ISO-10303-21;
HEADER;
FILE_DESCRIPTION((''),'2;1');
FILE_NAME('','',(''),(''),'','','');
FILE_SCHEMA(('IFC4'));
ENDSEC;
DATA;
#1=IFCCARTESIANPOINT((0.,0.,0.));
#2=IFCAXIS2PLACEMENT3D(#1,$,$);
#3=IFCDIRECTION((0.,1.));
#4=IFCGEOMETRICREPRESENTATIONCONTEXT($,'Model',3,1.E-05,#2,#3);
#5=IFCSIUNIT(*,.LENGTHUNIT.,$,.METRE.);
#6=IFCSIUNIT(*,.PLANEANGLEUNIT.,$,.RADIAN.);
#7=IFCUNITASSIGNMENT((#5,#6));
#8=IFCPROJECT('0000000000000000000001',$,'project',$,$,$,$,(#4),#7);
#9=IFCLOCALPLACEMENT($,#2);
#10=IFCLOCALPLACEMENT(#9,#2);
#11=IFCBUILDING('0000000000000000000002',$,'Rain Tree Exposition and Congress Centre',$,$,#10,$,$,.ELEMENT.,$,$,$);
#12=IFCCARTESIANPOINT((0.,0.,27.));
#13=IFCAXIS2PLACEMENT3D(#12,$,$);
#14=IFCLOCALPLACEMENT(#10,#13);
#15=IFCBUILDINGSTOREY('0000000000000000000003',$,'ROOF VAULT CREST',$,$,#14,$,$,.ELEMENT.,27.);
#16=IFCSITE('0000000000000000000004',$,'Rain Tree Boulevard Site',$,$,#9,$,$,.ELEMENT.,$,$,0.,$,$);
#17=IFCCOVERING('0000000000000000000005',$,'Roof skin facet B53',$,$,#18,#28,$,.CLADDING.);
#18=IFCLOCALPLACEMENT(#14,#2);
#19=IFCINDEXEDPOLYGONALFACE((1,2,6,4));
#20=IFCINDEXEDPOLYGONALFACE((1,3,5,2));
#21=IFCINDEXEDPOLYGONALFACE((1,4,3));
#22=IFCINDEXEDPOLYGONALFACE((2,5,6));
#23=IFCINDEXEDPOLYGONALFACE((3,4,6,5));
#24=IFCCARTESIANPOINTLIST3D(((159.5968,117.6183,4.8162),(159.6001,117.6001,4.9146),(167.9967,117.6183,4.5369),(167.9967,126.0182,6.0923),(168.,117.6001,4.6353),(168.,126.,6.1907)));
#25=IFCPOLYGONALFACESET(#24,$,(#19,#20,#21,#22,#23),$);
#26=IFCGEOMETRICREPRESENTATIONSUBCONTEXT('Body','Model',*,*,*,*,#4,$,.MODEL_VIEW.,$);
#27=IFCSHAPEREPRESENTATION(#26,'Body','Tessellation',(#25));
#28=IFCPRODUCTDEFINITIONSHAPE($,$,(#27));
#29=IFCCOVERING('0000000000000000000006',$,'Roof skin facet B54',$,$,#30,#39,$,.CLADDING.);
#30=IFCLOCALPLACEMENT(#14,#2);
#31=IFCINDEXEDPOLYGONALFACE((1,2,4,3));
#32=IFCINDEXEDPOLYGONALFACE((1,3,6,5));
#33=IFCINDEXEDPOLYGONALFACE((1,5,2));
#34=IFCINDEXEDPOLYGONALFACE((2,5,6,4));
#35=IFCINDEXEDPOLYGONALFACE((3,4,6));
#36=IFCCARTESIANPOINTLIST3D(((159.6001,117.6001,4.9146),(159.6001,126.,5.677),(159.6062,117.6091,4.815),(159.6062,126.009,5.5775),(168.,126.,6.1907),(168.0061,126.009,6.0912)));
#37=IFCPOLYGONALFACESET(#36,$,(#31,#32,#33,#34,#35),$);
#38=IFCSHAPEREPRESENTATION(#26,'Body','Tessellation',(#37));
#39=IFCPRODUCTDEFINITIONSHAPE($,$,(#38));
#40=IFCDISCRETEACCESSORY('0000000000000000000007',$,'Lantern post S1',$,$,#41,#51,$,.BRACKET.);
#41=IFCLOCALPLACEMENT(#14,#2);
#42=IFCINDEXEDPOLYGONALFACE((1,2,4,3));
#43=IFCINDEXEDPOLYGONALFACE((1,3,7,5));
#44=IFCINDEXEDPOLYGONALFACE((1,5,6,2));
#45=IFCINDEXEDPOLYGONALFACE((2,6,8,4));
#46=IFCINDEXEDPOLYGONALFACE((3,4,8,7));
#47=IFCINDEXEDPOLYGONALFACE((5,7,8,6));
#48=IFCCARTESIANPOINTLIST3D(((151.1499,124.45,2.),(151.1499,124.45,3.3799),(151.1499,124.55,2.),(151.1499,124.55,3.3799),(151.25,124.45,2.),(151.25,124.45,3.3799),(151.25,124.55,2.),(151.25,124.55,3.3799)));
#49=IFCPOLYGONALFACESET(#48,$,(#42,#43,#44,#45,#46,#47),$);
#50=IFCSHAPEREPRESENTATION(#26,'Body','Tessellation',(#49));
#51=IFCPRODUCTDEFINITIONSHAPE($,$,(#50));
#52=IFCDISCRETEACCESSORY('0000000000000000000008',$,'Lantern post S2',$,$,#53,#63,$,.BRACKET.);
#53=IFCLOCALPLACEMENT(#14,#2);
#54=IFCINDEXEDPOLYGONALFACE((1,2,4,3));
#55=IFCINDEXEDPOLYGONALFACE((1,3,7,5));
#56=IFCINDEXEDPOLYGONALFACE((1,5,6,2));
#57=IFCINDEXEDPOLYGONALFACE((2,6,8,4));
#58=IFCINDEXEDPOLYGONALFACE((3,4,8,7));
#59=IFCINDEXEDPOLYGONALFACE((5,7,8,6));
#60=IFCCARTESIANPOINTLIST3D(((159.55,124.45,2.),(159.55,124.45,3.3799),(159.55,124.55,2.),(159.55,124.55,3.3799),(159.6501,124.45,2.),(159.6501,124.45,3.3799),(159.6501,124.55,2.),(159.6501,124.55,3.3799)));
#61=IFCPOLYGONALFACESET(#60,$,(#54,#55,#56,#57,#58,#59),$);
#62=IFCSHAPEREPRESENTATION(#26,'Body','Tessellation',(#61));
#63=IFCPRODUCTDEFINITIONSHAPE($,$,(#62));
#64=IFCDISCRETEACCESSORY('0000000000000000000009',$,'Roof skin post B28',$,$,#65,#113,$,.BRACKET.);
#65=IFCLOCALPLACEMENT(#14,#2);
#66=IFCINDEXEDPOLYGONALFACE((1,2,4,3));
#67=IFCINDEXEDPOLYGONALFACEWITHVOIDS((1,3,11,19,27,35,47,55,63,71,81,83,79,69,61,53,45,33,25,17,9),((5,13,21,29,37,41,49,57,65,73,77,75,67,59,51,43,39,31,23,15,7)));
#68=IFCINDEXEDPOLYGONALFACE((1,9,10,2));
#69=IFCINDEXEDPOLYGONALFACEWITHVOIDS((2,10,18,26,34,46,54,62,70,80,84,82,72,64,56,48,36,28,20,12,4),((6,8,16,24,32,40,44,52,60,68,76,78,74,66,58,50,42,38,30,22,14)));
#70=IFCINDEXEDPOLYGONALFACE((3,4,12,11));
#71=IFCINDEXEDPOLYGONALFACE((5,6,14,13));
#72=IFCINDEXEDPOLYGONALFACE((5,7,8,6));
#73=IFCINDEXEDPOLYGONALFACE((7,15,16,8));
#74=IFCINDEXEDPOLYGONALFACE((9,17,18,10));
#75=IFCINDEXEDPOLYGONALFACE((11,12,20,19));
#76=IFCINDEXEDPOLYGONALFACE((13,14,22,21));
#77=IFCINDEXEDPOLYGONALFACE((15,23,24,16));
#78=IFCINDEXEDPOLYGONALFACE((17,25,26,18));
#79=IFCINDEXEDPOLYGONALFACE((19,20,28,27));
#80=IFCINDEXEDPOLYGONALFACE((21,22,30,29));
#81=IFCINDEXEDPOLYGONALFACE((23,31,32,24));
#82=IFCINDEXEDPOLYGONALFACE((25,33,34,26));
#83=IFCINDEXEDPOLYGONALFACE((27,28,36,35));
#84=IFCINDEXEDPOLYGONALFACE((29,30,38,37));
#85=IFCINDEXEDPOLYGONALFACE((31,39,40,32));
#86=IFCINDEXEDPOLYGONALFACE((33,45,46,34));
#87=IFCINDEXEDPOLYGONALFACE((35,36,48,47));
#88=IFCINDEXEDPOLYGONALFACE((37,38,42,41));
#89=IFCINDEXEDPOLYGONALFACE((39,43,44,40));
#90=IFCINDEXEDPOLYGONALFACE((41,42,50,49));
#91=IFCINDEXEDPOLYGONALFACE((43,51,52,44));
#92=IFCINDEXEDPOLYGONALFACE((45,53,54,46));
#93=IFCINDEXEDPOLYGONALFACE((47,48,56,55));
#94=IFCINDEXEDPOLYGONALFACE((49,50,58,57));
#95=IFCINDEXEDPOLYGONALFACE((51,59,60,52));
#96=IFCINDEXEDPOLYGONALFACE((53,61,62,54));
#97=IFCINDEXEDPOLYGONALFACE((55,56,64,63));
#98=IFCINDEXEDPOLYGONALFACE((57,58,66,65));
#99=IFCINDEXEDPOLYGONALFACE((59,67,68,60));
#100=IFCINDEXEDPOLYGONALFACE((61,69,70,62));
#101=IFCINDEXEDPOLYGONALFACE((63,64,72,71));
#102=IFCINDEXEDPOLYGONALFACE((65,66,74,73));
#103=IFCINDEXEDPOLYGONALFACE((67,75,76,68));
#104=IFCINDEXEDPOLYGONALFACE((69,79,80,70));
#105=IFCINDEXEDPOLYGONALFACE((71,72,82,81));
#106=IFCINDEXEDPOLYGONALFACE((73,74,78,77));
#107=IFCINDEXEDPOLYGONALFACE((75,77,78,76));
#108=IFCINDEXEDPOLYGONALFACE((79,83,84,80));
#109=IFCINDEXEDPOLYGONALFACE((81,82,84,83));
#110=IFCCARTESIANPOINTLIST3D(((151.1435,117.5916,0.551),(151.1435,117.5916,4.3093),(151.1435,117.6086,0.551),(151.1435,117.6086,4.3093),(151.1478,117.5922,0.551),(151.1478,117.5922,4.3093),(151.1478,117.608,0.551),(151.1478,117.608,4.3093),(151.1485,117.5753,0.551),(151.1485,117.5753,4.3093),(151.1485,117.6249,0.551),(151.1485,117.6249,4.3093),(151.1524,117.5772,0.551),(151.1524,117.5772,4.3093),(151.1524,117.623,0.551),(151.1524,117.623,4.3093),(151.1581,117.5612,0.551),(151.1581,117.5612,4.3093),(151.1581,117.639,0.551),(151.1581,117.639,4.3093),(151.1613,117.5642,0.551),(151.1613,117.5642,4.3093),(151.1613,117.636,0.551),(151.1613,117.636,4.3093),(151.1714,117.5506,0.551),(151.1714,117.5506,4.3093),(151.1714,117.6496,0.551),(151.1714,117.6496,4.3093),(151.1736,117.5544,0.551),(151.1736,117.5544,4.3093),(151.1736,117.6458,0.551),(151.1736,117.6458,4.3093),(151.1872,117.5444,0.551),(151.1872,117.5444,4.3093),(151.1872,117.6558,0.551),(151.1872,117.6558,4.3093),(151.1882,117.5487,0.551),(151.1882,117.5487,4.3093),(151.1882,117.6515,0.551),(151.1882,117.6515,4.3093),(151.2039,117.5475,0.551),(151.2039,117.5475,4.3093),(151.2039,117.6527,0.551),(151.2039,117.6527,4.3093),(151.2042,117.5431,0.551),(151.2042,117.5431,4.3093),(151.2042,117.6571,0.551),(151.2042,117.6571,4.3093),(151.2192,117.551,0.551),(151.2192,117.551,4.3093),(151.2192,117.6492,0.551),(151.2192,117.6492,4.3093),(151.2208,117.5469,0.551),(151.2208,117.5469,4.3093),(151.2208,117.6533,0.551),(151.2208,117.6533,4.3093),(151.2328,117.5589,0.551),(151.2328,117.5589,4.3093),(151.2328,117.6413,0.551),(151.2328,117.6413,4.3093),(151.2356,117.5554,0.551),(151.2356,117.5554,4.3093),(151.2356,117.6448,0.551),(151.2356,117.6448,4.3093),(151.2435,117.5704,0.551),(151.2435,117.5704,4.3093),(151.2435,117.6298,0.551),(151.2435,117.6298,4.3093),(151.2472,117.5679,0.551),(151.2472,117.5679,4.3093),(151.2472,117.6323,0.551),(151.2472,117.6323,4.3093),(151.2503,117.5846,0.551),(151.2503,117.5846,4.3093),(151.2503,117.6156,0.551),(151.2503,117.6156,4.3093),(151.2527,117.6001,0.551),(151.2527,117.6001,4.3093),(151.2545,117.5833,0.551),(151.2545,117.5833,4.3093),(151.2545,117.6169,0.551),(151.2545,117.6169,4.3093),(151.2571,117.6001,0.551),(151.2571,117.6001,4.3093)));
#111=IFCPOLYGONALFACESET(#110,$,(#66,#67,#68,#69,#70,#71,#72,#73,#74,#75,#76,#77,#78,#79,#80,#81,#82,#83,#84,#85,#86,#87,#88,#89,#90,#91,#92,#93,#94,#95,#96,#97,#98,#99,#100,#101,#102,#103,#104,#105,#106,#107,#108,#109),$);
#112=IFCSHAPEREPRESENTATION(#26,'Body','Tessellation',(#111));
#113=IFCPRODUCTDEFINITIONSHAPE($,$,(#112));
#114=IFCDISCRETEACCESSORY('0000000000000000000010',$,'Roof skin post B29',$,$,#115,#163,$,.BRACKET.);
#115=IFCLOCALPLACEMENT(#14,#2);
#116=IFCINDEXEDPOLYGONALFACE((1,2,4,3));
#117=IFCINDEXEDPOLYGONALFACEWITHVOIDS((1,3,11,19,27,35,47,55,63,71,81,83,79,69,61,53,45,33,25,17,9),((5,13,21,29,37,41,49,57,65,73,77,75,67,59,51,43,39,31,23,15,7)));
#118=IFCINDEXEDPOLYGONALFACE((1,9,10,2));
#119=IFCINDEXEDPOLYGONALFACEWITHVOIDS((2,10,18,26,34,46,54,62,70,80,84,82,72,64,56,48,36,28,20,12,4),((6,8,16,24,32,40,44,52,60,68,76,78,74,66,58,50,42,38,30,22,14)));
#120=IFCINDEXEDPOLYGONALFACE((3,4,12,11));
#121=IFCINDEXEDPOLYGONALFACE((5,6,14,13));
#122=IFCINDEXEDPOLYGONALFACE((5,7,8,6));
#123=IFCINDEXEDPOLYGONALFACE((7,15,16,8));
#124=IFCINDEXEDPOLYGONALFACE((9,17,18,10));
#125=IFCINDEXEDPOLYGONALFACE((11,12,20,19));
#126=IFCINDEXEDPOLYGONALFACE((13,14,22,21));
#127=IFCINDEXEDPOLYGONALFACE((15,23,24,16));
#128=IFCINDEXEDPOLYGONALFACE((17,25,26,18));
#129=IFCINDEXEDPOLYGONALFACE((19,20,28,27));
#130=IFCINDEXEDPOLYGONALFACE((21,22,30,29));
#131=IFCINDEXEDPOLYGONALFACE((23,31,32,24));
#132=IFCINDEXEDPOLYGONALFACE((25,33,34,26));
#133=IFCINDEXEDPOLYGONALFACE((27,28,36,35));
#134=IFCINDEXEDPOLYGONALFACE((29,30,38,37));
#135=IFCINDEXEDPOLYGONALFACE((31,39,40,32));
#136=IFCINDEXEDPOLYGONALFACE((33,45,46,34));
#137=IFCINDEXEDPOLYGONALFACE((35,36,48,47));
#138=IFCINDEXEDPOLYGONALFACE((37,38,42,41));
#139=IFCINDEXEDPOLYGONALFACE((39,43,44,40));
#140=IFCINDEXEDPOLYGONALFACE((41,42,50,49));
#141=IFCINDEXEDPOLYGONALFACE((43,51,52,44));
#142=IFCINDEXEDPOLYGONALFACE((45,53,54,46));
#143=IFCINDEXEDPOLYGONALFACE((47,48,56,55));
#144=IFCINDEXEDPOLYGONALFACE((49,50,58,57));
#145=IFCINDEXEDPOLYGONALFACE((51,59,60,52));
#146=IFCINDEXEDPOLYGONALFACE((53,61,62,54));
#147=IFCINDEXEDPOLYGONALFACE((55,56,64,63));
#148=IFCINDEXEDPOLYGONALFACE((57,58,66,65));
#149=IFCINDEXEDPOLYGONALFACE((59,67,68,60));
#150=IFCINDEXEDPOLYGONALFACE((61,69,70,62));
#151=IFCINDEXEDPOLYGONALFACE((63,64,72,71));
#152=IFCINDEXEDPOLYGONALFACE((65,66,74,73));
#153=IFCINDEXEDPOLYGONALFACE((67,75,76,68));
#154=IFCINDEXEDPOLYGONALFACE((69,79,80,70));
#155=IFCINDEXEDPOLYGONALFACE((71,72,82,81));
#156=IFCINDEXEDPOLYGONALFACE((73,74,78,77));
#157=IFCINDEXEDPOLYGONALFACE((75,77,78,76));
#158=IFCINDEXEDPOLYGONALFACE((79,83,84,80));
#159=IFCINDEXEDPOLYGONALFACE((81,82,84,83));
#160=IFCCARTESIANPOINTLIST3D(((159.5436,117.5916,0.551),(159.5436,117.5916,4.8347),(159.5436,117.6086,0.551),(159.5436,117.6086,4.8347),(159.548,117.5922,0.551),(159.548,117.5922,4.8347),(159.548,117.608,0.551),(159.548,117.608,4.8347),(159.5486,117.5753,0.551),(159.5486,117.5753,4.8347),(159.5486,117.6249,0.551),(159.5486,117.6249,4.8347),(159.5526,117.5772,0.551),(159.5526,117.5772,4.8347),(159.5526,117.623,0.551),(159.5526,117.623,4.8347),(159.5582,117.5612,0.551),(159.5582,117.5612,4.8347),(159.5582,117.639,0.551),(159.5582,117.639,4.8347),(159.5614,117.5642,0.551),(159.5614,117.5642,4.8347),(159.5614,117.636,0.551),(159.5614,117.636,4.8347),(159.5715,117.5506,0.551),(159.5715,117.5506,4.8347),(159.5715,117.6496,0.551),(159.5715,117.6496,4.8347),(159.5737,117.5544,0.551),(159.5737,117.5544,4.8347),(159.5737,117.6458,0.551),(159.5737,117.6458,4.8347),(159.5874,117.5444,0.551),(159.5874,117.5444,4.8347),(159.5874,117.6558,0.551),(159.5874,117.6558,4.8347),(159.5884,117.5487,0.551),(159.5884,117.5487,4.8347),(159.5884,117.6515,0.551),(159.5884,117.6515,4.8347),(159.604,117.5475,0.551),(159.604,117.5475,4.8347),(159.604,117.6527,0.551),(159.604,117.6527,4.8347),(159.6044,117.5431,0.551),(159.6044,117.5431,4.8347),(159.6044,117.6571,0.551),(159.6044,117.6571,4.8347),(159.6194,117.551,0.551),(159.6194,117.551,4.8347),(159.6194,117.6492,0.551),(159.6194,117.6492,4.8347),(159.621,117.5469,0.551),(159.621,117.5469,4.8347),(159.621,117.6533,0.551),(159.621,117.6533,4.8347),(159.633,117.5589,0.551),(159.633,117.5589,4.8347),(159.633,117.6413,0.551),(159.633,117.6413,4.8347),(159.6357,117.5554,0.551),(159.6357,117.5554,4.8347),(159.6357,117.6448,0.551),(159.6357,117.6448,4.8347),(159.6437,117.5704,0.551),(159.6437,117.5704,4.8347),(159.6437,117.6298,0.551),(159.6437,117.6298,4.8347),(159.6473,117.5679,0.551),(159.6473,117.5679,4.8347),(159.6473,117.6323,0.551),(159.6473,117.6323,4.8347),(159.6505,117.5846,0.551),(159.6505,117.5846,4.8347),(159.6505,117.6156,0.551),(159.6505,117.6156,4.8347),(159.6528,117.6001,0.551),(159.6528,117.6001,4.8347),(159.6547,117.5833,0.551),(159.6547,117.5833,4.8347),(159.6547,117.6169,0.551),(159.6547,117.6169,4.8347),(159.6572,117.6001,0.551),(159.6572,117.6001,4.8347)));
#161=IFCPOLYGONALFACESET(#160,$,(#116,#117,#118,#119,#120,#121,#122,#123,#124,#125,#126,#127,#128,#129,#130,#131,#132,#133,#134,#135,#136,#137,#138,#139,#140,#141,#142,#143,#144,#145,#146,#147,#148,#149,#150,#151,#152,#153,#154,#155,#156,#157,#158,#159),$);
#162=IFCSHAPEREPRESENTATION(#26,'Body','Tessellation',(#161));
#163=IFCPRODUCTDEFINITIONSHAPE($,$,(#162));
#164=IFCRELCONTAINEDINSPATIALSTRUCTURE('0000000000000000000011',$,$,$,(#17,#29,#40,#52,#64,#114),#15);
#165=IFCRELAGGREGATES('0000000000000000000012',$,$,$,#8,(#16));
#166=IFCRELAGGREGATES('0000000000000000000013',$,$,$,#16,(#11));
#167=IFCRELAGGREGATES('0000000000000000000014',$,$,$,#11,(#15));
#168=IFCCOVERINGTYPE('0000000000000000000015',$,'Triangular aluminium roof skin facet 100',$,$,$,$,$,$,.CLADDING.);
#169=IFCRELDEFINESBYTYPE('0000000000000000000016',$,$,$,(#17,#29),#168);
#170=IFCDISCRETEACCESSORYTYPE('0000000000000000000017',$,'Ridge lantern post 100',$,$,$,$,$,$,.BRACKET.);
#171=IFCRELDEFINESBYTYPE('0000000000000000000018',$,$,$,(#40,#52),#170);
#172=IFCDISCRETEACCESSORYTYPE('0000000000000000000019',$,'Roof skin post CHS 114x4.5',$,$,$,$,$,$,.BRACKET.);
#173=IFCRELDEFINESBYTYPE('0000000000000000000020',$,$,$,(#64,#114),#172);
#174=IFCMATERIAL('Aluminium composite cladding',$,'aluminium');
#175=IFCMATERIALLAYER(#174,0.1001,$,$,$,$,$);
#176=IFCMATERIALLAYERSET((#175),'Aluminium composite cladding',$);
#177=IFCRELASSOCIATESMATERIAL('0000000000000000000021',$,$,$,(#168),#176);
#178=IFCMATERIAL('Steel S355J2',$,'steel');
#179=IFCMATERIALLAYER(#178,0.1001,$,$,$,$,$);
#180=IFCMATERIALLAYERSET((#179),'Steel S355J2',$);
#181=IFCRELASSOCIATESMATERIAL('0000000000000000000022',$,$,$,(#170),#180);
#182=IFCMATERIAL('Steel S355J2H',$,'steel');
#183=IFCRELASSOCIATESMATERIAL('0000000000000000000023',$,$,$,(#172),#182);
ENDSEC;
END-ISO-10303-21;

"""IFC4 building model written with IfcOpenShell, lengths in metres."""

from ifc_helpers import new_model, si_unit, direction, frame, origin, origin_2d, place, context, subcontext, project, spatial, polyline, rectangle, hollow_circle, outline, extrude, material, layer, layer_set, material_profile, profile_set, type_object, element, save


model = new_model("IFC4")

# Units and contexts
model_context = context("Model", 3, precision=1e-05, world=origin(), true_north=direction((0.0, 1.0)))
body_context = subcontext(model_context, "Body", "Model", "MODEL_VIEW")
ifc_project = project(units=[si_unit("LENGTHUNIT", "METRE"), si_unit("PLANEANGLEUNIT", "RADIAN")], contexts=[model_context])

# Site, building, storey
site_placement = place(None, origin())
site = spatial("IfcSite", under=ifc_project, at=site_placement, Name="Rain Tree Boulevard Site", CompositionType="ELEMENT", RefElevation=0.0)
building_placement = place(site_placement, origin())
building = spatial("IfcBuilding", under=site, at=building_placement, Name="Rain Tree Exposition and Congress Centre", CompositionType="ELEMENT")
storey_placement = place(building_placement, frame((0.0, 0.0, 27.0)))
storey = spatial("IfcBuildingStorey", under=building, at=storey_placement, Name="ROOF VAULT CREST", CompositionType="ELEMENT", Elevation=27.0)

# Coverings
ifc_material_1 = material(Name="Aluminium composite cladding", Category="aluminium")
ifc_layer_1 = layer(ifc_material_1, 0.1001)
ifc_layer_set_1 = layer_set([ifc_layer_1], Name="Aluminium composite cladding")
covering_type_1 = type_object("IfcCoveringType", Name="Triangular aluminium roof skin facet 100", PredefinedType="CLADDING", material=ifc_layer_set_1)
covering_1_placement = place(storey_placement, frame((159.6001, 117.6001, 4.9146), z_axis=(0.032677, -0.181979, 0.982759), x_axis=(0.999448, 0.0, -0.033232)))
element("IfcCovering", 1, at=covering_1_placement, inside=storey, type_object=covering_type_1, Name="Roof skin facet B53", PredefinedType="CLADDING", context=body_context, shape_type="SweptSolid", body=[
    extrude(outline(polyline([(0.0, 0.0), (8.4045, 0.0), (8.3529, 8.5425), (0.0, 0.0)])), origin(), (0.0, 0.0, -1.0), 0.1001),
])
covering_2_placement = place(storey_placement, frame((159.6001, 117.6001, 4.9146), z_axis=(-0.060789, -0.09023, 0.994064), x_axis=(0.703062, 0.703062, 0.10681)))
element("IfcCovering", 2, at=covering_2_placement, inside=storey, type_object=covering_type_1, Name="Roof skin facet B54", PredefinedType="CLADDING", context=body_context, shape_type="SweptSolid", body=[
    extrude(outline(polyline([(0.0, 0.0), (11.9476, 0.0), (5.9871, 5.9409), (0.0, 0.0)])), origin(), (0.0, 0.0, -1.0), 0.1001),
])

# Discrete accessories
ifc_material_2 = material(Name="Steel S355J2", Category="steel")
ifc_layer_2 = layer(ifc_material_2, 0.1001)
ifc_layer_set_2 = layer_set([ifc_layer_2], Name="Steel S355J2")
discrete_accessory_type_1 = type_object("IfcDiscreteAccessoryType", Name="Ridge lantern post 100", PredefinedType="BRACKET", material=ifc_layer_set_2)
for number, where, z_axis, x_axis, name in (
    (3, (151.2, 124.5, 2.0), (0.0, 0.0, 1.0), (1.0, 0.0, 0.0), "Lantern post S1"),
    (4, (159.6001, 124.5, 2.0), (0.0, 0.0, 1.0), (1.0, 0.0, 0.0), "Lantern post S2"),
):
    element("IfcDiscreteAccessory", number, at=place(storey_placement, frame(where, z_axis=z_axis, x_axis=x_axis)), inside=storey, type_object=discrete_accessory_type_1, Name=name, PredefinedType="BRACKET", context=body_context, shape_type="SweptSolid", body=[
        extrude(rectangle(XDim=0.1001, YDim=0.1001, at=origin_2d()), origin(), (0.0, 0.0, 1.0), 1.3799),
    ])
ifc_material_3 = material(Name="Steel S355J2H", Category="steel")
ifc_material_profile_1 = material_profile(ifc_material_3, hollow_circle(Radius=0.0571, WallThickness=0.0044, at=origin_2d()), Name="CHS 114x4.5")
ifc_profile_set_1 = profile_set([ifc_material_profile_1], Name="Steel S355J2H")
discrete_accessory_type_2 = type_object("IfcDiscreteAccessoryType", Name="Roof skin post CHS 114x4.5", PredefinedType="BRACKET", material=ifc_profile_set_1)
discrete_accessory_1_placement = place(storey_placement, frame((151.2, 117.6001, 0.551), z_axis=(0.0, 0.0, 1.0), x_axis=(1.0, 0.0, 0.0)))
element("IfcDiscreteAccessory", 5, at=discrete_accessory_1_placement, inside=storey, type_object=discrete_accessory_type_2, Name="Roof skin post B28", PredefinedType="BRACKET", context=body_context, shape_type="SweptSolid", body=[
    extrude(hollow_circle(Radius=0.0571, WallThickness=0.0044, at=origin_2d()), origin(), (0.0, 0.0, 1.0), 3.7583),
])
discrete_accessory_2_placement = place(storey_placement, frame((159.6001, 117.6001, 0.551), z_axis=(0.0, 0.0, 1.0), x_axis=(1.0, 0.0, 0.0)))
element("IfcDiscreteAccessory", 6, at=discrete_accessory_2_placement, inside=storey, type_object=discrete_accessory_type_2, Name="Roof skin post B29", PredefinedType="BRACKET", context=body_context, shape_type="SweptSolid", body=[
    extrude(hollow_circle(Radius=0.0571, WallThickness=0.0044, at=origin_2d()), origin(), (0.0, 0.0, 1.0), 4.2837),
])

save(model, "model.ifc")
